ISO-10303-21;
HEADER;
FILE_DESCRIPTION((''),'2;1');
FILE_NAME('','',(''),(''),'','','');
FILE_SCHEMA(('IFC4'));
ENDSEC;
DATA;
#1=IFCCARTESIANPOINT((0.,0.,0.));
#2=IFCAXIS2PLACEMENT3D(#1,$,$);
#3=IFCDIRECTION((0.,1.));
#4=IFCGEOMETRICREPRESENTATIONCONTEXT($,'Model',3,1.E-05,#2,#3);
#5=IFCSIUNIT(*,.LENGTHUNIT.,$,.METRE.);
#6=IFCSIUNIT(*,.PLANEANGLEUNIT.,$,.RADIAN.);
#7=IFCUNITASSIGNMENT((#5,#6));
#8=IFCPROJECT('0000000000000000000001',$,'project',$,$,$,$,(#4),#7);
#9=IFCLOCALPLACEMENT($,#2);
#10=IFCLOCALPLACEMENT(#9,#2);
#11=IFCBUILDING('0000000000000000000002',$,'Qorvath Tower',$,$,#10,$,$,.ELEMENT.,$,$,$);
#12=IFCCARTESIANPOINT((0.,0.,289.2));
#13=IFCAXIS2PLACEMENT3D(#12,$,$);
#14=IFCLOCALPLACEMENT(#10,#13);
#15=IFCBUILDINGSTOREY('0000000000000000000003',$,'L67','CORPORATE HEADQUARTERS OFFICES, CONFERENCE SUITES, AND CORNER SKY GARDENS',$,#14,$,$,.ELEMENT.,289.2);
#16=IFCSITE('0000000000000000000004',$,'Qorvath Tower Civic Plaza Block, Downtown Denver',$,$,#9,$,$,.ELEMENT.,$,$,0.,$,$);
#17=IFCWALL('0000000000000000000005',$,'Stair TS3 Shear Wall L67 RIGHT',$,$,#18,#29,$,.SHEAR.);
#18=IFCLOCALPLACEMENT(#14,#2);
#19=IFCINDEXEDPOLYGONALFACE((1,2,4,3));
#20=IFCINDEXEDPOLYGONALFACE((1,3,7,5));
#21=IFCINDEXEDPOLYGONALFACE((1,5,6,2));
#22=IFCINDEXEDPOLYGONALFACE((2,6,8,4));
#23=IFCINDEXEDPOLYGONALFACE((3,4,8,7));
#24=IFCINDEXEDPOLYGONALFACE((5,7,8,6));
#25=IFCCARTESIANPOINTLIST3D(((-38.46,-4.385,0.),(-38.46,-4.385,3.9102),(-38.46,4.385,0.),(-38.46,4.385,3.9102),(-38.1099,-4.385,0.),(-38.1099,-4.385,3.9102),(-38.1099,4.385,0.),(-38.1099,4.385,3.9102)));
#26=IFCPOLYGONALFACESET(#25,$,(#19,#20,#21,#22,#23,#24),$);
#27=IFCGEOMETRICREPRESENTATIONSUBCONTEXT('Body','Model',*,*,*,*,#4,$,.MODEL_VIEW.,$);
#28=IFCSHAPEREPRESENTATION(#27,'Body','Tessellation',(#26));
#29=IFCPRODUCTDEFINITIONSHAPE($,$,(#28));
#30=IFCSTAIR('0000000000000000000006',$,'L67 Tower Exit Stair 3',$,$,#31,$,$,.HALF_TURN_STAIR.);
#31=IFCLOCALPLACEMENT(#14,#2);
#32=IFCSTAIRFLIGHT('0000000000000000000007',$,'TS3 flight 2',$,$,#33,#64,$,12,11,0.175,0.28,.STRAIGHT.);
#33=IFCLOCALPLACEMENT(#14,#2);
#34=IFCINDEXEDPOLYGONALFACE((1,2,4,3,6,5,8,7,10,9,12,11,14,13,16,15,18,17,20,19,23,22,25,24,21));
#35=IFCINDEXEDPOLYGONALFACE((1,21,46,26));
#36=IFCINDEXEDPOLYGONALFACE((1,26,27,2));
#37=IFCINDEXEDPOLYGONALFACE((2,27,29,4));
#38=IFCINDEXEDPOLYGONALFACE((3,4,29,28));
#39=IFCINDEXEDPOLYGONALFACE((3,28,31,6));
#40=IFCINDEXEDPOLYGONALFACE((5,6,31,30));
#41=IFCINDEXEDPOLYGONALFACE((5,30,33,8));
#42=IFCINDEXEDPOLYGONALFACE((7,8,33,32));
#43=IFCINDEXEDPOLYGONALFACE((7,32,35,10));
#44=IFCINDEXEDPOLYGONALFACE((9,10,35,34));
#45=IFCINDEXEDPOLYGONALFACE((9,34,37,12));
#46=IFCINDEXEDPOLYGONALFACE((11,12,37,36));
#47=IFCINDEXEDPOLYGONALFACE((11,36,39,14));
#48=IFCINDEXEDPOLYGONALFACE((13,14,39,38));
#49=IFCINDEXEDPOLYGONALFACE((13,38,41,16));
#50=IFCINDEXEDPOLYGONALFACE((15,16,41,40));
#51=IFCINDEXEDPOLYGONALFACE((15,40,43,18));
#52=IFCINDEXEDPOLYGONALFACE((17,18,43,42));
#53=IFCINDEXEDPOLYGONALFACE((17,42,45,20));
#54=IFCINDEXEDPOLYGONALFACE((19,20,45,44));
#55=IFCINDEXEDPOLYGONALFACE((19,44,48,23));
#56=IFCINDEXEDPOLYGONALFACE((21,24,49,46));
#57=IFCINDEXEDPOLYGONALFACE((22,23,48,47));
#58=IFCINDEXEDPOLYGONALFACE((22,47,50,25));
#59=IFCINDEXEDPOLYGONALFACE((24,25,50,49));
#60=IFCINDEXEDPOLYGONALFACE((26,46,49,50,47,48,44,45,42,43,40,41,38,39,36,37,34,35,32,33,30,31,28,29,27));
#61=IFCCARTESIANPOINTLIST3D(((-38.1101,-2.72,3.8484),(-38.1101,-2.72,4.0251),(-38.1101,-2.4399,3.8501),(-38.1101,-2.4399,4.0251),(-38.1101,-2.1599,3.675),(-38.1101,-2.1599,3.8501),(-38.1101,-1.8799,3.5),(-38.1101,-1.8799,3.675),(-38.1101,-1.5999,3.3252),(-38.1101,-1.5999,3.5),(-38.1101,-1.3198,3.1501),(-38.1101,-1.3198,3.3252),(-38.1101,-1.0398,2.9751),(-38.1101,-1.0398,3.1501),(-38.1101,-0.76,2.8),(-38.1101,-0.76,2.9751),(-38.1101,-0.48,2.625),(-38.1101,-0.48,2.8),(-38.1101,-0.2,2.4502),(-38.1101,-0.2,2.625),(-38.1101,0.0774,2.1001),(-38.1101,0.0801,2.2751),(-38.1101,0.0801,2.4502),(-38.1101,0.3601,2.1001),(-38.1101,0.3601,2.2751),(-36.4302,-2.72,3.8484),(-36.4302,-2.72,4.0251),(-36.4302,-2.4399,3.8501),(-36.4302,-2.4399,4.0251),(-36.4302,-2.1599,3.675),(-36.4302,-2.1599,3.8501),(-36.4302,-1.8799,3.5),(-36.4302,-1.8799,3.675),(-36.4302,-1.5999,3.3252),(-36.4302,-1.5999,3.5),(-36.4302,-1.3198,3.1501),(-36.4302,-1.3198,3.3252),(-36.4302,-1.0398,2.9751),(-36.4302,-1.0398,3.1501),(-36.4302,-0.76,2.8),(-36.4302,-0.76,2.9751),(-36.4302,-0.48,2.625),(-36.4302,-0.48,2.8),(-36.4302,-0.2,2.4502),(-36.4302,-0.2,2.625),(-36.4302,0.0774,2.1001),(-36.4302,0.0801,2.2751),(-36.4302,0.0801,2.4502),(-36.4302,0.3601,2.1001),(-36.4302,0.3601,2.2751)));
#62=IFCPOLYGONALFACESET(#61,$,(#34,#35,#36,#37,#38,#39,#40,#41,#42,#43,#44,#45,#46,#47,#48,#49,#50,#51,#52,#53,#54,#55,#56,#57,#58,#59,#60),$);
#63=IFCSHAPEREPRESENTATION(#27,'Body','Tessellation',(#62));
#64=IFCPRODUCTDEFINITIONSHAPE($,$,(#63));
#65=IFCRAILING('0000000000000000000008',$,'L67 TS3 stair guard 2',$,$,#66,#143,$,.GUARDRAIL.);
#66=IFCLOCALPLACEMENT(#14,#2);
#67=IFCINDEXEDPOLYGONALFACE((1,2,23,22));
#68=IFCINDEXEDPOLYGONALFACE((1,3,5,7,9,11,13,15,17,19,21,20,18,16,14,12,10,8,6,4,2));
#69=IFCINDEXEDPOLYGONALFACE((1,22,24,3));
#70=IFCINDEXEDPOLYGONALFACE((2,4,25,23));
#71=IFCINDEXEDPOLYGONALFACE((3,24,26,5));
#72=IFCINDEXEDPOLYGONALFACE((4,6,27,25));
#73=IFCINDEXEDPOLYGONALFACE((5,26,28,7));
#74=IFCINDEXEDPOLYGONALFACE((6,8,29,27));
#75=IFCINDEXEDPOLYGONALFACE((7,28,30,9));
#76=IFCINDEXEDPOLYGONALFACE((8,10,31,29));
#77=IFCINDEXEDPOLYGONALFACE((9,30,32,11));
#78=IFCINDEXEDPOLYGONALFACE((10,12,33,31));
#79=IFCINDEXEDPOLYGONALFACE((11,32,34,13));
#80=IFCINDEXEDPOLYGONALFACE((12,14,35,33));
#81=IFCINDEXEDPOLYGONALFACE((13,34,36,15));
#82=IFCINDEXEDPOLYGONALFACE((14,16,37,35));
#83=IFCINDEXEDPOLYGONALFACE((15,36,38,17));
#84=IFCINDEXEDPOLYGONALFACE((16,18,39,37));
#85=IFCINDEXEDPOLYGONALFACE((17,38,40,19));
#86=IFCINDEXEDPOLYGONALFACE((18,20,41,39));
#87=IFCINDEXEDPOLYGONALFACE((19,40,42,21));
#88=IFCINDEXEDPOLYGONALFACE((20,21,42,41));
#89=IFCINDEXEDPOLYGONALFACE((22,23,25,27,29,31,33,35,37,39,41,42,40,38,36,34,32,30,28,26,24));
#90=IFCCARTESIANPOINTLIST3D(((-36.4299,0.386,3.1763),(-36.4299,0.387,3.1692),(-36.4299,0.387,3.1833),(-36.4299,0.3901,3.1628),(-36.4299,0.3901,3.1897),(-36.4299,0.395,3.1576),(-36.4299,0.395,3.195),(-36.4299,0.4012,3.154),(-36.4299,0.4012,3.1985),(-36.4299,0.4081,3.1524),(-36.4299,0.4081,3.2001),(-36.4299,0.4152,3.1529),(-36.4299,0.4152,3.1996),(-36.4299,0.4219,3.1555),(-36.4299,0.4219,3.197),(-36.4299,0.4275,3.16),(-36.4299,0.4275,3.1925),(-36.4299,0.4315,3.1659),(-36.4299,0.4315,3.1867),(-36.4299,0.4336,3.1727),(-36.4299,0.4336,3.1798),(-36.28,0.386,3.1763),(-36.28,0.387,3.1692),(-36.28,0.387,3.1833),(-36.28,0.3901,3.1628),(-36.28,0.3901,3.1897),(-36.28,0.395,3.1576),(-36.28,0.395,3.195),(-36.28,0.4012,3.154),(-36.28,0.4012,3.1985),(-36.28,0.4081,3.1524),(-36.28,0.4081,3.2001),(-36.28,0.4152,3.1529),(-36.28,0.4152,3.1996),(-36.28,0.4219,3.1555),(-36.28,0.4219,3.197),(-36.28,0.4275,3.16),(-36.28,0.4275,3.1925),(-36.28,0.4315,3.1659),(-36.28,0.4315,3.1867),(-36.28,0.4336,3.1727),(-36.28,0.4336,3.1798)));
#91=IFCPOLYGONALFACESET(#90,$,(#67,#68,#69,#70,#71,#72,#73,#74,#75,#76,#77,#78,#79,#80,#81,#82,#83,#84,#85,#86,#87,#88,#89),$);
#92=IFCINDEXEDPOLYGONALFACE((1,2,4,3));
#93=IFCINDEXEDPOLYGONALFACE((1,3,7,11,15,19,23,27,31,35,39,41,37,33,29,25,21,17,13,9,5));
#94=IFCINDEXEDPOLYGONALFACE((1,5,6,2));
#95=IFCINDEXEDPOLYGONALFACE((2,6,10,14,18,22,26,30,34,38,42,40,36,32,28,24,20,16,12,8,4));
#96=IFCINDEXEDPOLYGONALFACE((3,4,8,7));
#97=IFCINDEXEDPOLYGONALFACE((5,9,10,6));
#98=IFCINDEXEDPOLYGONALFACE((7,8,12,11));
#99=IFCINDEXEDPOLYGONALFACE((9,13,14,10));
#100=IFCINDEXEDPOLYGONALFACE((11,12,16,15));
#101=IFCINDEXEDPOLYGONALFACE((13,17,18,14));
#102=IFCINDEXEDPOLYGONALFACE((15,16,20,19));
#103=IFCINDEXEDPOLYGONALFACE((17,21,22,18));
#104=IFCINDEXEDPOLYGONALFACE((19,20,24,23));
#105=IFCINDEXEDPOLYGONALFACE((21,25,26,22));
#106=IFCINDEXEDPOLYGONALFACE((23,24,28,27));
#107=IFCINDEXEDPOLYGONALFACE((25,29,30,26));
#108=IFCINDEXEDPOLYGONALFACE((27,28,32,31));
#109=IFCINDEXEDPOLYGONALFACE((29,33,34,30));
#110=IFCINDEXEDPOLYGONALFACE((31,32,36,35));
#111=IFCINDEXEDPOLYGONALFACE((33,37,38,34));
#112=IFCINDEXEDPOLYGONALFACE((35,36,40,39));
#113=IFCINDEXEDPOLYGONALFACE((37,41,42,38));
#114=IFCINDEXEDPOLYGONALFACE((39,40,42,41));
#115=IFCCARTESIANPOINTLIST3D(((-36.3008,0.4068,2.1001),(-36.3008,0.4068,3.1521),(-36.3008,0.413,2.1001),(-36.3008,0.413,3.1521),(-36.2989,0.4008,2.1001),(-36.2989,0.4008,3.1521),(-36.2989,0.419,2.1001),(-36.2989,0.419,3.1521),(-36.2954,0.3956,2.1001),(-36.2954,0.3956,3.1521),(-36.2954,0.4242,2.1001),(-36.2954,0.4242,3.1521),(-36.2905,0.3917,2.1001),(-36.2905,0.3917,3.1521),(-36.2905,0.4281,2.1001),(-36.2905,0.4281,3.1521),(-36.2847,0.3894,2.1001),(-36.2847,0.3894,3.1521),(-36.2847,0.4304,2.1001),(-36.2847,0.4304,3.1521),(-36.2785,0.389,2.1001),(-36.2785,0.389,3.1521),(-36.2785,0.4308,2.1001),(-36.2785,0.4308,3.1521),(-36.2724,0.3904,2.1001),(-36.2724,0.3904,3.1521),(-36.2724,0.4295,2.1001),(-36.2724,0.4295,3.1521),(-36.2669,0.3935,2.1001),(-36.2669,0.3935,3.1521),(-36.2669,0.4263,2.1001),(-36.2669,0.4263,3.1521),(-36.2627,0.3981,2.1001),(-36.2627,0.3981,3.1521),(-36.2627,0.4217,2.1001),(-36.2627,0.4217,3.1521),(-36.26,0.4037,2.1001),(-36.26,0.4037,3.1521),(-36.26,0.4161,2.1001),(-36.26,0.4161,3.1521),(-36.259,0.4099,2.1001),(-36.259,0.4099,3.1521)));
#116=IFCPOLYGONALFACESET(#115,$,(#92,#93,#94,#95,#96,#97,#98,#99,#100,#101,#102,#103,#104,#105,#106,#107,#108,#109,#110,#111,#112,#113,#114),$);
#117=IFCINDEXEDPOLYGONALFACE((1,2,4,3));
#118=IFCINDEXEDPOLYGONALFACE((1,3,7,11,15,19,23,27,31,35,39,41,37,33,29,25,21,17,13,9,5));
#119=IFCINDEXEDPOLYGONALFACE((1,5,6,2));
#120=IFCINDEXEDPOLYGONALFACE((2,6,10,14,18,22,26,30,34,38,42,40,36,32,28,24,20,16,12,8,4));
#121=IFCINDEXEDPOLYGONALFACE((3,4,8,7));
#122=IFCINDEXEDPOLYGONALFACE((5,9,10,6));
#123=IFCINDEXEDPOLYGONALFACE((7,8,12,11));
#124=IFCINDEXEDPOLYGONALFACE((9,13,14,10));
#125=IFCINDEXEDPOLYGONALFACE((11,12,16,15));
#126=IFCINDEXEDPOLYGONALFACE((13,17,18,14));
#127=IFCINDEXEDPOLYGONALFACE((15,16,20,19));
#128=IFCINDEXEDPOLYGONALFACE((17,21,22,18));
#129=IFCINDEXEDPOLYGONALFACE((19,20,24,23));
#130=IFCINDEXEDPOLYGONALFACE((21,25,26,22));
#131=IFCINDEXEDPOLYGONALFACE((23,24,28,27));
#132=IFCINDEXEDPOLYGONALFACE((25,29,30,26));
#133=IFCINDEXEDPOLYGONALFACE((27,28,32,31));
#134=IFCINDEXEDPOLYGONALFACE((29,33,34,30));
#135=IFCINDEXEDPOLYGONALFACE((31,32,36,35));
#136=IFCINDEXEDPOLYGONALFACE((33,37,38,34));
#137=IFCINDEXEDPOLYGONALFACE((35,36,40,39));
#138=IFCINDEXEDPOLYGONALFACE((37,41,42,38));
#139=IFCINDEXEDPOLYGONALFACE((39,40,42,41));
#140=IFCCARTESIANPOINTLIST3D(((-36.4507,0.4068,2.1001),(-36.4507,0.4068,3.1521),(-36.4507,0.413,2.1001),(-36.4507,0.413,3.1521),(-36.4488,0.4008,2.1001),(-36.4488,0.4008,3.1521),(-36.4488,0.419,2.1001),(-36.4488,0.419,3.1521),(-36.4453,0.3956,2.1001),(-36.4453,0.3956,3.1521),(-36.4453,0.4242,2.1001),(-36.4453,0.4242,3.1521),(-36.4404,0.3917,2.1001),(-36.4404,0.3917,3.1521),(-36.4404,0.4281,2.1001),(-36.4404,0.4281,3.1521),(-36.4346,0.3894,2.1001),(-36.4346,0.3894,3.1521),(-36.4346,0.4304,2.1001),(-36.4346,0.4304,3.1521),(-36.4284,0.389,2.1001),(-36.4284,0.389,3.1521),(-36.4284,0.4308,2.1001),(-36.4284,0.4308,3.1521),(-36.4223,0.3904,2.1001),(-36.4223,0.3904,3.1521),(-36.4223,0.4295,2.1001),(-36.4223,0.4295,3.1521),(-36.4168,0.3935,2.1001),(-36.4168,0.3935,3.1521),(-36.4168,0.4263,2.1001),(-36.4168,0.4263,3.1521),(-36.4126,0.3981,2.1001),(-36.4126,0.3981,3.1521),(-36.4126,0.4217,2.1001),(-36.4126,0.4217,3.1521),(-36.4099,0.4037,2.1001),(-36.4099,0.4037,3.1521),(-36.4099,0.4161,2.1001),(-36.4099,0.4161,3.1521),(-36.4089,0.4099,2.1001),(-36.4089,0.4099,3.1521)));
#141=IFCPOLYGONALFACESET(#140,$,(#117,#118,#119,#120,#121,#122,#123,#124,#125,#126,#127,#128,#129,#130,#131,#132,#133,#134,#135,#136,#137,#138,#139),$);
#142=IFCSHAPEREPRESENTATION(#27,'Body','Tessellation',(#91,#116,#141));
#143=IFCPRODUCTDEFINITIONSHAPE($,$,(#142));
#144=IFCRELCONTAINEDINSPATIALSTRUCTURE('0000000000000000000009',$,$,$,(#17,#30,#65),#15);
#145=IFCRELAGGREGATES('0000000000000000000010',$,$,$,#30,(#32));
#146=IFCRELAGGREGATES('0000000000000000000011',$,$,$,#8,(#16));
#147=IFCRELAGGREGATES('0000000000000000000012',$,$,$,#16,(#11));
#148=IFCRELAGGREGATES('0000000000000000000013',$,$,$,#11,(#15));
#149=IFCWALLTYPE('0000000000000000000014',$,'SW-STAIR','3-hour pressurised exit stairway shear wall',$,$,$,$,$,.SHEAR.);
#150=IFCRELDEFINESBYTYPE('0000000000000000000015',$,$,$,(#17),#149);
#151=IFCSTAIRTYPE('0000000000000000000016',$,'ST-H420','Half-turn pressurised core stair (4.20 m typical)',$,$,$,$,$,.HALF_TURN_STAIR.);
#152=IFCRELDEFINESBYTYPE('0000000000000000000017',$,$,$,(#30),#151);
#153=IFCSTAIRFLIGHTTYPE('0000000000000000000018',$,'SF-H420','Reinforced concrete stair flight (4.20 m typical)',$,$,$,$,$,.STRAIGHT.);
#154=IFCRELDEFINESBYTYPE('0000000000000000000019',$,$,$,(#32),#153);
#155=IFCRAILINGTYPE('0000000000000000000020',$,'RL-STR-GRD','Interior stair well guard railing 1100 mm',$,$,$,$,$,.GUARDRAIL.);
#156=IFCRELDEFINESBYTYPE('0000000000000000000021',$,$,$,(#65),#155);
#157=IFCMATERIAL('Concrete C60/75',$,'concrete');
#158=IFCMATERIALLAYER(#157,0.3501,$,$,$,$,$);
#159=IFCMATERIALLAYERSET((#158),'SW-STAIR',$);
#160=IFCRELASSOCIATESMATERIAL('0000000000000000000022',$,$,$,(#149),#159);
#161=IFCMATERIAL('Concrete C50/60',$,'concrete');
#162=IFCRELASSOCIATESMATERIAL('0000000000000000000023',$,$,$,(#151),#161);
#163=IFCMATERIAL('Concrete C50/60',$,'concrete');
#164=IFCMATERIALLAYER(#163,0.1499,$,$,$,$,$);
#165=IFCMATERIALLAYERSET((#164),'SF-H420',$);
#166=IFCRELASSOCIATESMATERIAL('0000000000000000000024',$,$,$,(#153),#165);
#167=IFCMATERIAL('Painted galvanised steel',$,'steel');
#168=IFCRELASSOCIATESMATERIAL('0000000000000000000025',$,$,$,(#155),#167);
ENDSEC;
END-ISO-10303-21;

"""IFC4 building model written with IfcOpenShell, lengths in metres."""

from ifc_helpers import new_model, si_unit, direction, frame, frame_2d, origin, origin_2d, place, context, subcontext, project, spatial, polyline, rectangle, circle, outline, extrude, material, layer, layer_set, type_object, element, aggregate, save


model = new_model("IFC4")

# Units and contexts
model_context = context("Model", 3, precision=1e-05, world=origin(), true_north=direction((0.0, 1.0)))
body_context = subcontext(model_context, "Body", "Model", "MODEL_VIEW")
ifc_project = project(units=[si_unit("LENGTHUNIT", "METRE"), si_unit("PLANEANGLEUNIT", "RADIAN")], contexts=[model_context])

# Site, building, storey
site_placement = place(None, origin())
site = spatial("IfcSite", under=ifc_project, at=site_placement, Name="Qorvath Tower Civic Plaza Block, Downtown Denver", CompositionType="ELEMENT", RefElevation=0.0)
building_placement = place(site_placement, origin())
building = spatial("IfcBuilding", under=site, at=building_placement, Name="Qorvath Tower", CompositionType="ELEMENT")
storey_placement = place(building_placement, frame((0.0, 0.0, 289.2)))
storey = spatial("IfcBuildingStorey", under=building, at=storey_placement, Name="L67", Description="CORPORATE HEADQUARTERS OFFICES, CONFERENCE SUITES, AND CORNER SKY GARDENS", CompositionType="ELEMENT", Elevation=289.2)

# Wall
ifc_material_1 = material(Name="Concrete C60/75", Category="concrete")
ifc_layer_1 = layer(ifc_material_1, 0.3501)
ifc_layer_set_1 = layer_set([ifc_layer_1], Name="SW-STAIR")
wall_type_1 = type_object("IfcWallType", Name="SW-STAIR", Description="3-hour pressurised exit stairway shear wall", PredefinedType="SHEAR", material=ifc_layer_set_1)
wall_1_placement = place(storey_placement, frame((-38.2849, 4.385, 0.0), z_axis=(0.0, 0.0, 1.0), x_axis=(0.0, -1.0, 0.0)))
element("IfcWall", 1, at=wall_1_placement, inside=storey, type_object=wall_type_1, Name="Stair TS3 Shear Wall L67 RIGHT", PredefinedType="SHEAR", context=body_context, shape_type="SweptSolid", body=[
    extrude(rectangle(XDim=8.77, YDim=0.3501, at=frame_2d((4.385, 0.0))), origin(), (0.0, 0.0, 1.0), 3.9102),
])

# Stair, stair flight
ifc_material_2 = material(Name="Concrete C50/60", Category="concrete")
stair_type = type_object("IfcStairType", Name="ST-H420", Description="Half-turn pressurised core stair (4.20 m typical)", PredefinedType="HALF_TURN_STAIR", material=ifc_material_2)
stair_placement = place(storey_placement, origin())
stair = element("IfcStair", 2, at=stair_placement, inside=storey, type_object=stair_type, Name="L67 Tower Exit Stair 3", PredefinedType="HALF_TURN_STAIR")
ifc_material_3 = material(Name="Concrete C50/60", Category="concrete")
ifc_layer_2 = layer(ifc_material_3, 0.1499)
ifc_layer_set_2 = layer_set([ifc_layer_2], Name="SF-H420")
stair_flight_type = type_object("IfcStairFlightType", Name="SF-H420", Description="Reinforced concrete stair flight (4.20 m typical)", PredefinedType="STRAIGHT", material=ifc_layer_set_2)
stair_flight_placement = place(storey_placement, frame((-37.27, 0.3601, 2.1001), z_axis=(0.0, 0.0, 1.0), x_axis=(0.0, -1.0, 0.0)))
stair_flight = element("IfcStairFlight", 3, at=stair_flight_placement, type_object=stair_flight_type, Name="TS3 flight 2", NumberOfRisers=12, NumberOfTreads=11, PredefinedType="STRAIGHT", RiserHeight=0.175, TreadLength=0.28, context=body_context, shape_type="SweptSolid", body=[
    extrude(outline(polyline([(0.0, 0.0), (0.0, 0.175), (0.28, 0.175), (0.28, 0.3501), (0.5601, 0.3501), (0.5601, 0.5249), (0.8401, 0.5249), (0.8401, 0.7), (1.1201, 0.7), (1.1201, 0.875), (1.3999, 0.875), (1.3999, 1.05), (1.6799, 1.05), (1.6799, 1.2251), (1.96, 1.2251), (1.96, 1.3999), (2.24, 1.3999), (2.24, 1.575), (2.52, 1.575), (2.52, 1.75), (2.8, 1.75), (2.8, 1.925), (3.0801, 1.925), (3.0801, 2.1001), (3.0801, 1.7483), (0.2827, 0.0), (0.0, 0.0)])), frame((0.0, 0.8398, 0.0), z_axis=(0.0, -1.0, 0.0), x_axis=(1.0, 0.0, 0.0)), (0.0, 0.0, 1.0), 1.6799),
])
aggregate(stair, [stair_flight])

# Railing
ifc_material_4 = material(Name="Painted galvanised steel", Category="steel")
railing_type_1 = type_object("IfcRailingType", Name="RL-STR-GRD", Description="Interior stair well guard railing 1100 mm", PredefinedType="GUARDRAIL", material=ifc_material_4)
railing_1_placement = place(storey_placement, frame((-36.28, 0.4099, 2.1001)))
element("IfcRailing", 4, at=railing_1_placement, inside=storey, type_object=railing_type_1, Name="L67 TS3 stair guard 2", PredefinedType="GUARDRAIL", context=body_context, shape_type="SweptSolid", body=[
    extrude(circle(Radius=0.0239, at=origin_2d()), frame((0.0, 0.0, 1.0762), z_axis=(-1.0, 0.0, 0.0), x_axis=(0.0, -1.0, 0.0)), (0.0, 0.0, 1.0), 0.1499),
    extrude(circle(Radius=0.021, at=origin_2d()), origin(), (0.0, 0.0, 1.0), 1.052),
    extrude(circle(Radius=0.021, at=origin_2d()), frame((-0.1499, 0.0, 0.0)), (0.0, 0.0, 1.0), 1.052),
])

save(model, "model.ifc")
